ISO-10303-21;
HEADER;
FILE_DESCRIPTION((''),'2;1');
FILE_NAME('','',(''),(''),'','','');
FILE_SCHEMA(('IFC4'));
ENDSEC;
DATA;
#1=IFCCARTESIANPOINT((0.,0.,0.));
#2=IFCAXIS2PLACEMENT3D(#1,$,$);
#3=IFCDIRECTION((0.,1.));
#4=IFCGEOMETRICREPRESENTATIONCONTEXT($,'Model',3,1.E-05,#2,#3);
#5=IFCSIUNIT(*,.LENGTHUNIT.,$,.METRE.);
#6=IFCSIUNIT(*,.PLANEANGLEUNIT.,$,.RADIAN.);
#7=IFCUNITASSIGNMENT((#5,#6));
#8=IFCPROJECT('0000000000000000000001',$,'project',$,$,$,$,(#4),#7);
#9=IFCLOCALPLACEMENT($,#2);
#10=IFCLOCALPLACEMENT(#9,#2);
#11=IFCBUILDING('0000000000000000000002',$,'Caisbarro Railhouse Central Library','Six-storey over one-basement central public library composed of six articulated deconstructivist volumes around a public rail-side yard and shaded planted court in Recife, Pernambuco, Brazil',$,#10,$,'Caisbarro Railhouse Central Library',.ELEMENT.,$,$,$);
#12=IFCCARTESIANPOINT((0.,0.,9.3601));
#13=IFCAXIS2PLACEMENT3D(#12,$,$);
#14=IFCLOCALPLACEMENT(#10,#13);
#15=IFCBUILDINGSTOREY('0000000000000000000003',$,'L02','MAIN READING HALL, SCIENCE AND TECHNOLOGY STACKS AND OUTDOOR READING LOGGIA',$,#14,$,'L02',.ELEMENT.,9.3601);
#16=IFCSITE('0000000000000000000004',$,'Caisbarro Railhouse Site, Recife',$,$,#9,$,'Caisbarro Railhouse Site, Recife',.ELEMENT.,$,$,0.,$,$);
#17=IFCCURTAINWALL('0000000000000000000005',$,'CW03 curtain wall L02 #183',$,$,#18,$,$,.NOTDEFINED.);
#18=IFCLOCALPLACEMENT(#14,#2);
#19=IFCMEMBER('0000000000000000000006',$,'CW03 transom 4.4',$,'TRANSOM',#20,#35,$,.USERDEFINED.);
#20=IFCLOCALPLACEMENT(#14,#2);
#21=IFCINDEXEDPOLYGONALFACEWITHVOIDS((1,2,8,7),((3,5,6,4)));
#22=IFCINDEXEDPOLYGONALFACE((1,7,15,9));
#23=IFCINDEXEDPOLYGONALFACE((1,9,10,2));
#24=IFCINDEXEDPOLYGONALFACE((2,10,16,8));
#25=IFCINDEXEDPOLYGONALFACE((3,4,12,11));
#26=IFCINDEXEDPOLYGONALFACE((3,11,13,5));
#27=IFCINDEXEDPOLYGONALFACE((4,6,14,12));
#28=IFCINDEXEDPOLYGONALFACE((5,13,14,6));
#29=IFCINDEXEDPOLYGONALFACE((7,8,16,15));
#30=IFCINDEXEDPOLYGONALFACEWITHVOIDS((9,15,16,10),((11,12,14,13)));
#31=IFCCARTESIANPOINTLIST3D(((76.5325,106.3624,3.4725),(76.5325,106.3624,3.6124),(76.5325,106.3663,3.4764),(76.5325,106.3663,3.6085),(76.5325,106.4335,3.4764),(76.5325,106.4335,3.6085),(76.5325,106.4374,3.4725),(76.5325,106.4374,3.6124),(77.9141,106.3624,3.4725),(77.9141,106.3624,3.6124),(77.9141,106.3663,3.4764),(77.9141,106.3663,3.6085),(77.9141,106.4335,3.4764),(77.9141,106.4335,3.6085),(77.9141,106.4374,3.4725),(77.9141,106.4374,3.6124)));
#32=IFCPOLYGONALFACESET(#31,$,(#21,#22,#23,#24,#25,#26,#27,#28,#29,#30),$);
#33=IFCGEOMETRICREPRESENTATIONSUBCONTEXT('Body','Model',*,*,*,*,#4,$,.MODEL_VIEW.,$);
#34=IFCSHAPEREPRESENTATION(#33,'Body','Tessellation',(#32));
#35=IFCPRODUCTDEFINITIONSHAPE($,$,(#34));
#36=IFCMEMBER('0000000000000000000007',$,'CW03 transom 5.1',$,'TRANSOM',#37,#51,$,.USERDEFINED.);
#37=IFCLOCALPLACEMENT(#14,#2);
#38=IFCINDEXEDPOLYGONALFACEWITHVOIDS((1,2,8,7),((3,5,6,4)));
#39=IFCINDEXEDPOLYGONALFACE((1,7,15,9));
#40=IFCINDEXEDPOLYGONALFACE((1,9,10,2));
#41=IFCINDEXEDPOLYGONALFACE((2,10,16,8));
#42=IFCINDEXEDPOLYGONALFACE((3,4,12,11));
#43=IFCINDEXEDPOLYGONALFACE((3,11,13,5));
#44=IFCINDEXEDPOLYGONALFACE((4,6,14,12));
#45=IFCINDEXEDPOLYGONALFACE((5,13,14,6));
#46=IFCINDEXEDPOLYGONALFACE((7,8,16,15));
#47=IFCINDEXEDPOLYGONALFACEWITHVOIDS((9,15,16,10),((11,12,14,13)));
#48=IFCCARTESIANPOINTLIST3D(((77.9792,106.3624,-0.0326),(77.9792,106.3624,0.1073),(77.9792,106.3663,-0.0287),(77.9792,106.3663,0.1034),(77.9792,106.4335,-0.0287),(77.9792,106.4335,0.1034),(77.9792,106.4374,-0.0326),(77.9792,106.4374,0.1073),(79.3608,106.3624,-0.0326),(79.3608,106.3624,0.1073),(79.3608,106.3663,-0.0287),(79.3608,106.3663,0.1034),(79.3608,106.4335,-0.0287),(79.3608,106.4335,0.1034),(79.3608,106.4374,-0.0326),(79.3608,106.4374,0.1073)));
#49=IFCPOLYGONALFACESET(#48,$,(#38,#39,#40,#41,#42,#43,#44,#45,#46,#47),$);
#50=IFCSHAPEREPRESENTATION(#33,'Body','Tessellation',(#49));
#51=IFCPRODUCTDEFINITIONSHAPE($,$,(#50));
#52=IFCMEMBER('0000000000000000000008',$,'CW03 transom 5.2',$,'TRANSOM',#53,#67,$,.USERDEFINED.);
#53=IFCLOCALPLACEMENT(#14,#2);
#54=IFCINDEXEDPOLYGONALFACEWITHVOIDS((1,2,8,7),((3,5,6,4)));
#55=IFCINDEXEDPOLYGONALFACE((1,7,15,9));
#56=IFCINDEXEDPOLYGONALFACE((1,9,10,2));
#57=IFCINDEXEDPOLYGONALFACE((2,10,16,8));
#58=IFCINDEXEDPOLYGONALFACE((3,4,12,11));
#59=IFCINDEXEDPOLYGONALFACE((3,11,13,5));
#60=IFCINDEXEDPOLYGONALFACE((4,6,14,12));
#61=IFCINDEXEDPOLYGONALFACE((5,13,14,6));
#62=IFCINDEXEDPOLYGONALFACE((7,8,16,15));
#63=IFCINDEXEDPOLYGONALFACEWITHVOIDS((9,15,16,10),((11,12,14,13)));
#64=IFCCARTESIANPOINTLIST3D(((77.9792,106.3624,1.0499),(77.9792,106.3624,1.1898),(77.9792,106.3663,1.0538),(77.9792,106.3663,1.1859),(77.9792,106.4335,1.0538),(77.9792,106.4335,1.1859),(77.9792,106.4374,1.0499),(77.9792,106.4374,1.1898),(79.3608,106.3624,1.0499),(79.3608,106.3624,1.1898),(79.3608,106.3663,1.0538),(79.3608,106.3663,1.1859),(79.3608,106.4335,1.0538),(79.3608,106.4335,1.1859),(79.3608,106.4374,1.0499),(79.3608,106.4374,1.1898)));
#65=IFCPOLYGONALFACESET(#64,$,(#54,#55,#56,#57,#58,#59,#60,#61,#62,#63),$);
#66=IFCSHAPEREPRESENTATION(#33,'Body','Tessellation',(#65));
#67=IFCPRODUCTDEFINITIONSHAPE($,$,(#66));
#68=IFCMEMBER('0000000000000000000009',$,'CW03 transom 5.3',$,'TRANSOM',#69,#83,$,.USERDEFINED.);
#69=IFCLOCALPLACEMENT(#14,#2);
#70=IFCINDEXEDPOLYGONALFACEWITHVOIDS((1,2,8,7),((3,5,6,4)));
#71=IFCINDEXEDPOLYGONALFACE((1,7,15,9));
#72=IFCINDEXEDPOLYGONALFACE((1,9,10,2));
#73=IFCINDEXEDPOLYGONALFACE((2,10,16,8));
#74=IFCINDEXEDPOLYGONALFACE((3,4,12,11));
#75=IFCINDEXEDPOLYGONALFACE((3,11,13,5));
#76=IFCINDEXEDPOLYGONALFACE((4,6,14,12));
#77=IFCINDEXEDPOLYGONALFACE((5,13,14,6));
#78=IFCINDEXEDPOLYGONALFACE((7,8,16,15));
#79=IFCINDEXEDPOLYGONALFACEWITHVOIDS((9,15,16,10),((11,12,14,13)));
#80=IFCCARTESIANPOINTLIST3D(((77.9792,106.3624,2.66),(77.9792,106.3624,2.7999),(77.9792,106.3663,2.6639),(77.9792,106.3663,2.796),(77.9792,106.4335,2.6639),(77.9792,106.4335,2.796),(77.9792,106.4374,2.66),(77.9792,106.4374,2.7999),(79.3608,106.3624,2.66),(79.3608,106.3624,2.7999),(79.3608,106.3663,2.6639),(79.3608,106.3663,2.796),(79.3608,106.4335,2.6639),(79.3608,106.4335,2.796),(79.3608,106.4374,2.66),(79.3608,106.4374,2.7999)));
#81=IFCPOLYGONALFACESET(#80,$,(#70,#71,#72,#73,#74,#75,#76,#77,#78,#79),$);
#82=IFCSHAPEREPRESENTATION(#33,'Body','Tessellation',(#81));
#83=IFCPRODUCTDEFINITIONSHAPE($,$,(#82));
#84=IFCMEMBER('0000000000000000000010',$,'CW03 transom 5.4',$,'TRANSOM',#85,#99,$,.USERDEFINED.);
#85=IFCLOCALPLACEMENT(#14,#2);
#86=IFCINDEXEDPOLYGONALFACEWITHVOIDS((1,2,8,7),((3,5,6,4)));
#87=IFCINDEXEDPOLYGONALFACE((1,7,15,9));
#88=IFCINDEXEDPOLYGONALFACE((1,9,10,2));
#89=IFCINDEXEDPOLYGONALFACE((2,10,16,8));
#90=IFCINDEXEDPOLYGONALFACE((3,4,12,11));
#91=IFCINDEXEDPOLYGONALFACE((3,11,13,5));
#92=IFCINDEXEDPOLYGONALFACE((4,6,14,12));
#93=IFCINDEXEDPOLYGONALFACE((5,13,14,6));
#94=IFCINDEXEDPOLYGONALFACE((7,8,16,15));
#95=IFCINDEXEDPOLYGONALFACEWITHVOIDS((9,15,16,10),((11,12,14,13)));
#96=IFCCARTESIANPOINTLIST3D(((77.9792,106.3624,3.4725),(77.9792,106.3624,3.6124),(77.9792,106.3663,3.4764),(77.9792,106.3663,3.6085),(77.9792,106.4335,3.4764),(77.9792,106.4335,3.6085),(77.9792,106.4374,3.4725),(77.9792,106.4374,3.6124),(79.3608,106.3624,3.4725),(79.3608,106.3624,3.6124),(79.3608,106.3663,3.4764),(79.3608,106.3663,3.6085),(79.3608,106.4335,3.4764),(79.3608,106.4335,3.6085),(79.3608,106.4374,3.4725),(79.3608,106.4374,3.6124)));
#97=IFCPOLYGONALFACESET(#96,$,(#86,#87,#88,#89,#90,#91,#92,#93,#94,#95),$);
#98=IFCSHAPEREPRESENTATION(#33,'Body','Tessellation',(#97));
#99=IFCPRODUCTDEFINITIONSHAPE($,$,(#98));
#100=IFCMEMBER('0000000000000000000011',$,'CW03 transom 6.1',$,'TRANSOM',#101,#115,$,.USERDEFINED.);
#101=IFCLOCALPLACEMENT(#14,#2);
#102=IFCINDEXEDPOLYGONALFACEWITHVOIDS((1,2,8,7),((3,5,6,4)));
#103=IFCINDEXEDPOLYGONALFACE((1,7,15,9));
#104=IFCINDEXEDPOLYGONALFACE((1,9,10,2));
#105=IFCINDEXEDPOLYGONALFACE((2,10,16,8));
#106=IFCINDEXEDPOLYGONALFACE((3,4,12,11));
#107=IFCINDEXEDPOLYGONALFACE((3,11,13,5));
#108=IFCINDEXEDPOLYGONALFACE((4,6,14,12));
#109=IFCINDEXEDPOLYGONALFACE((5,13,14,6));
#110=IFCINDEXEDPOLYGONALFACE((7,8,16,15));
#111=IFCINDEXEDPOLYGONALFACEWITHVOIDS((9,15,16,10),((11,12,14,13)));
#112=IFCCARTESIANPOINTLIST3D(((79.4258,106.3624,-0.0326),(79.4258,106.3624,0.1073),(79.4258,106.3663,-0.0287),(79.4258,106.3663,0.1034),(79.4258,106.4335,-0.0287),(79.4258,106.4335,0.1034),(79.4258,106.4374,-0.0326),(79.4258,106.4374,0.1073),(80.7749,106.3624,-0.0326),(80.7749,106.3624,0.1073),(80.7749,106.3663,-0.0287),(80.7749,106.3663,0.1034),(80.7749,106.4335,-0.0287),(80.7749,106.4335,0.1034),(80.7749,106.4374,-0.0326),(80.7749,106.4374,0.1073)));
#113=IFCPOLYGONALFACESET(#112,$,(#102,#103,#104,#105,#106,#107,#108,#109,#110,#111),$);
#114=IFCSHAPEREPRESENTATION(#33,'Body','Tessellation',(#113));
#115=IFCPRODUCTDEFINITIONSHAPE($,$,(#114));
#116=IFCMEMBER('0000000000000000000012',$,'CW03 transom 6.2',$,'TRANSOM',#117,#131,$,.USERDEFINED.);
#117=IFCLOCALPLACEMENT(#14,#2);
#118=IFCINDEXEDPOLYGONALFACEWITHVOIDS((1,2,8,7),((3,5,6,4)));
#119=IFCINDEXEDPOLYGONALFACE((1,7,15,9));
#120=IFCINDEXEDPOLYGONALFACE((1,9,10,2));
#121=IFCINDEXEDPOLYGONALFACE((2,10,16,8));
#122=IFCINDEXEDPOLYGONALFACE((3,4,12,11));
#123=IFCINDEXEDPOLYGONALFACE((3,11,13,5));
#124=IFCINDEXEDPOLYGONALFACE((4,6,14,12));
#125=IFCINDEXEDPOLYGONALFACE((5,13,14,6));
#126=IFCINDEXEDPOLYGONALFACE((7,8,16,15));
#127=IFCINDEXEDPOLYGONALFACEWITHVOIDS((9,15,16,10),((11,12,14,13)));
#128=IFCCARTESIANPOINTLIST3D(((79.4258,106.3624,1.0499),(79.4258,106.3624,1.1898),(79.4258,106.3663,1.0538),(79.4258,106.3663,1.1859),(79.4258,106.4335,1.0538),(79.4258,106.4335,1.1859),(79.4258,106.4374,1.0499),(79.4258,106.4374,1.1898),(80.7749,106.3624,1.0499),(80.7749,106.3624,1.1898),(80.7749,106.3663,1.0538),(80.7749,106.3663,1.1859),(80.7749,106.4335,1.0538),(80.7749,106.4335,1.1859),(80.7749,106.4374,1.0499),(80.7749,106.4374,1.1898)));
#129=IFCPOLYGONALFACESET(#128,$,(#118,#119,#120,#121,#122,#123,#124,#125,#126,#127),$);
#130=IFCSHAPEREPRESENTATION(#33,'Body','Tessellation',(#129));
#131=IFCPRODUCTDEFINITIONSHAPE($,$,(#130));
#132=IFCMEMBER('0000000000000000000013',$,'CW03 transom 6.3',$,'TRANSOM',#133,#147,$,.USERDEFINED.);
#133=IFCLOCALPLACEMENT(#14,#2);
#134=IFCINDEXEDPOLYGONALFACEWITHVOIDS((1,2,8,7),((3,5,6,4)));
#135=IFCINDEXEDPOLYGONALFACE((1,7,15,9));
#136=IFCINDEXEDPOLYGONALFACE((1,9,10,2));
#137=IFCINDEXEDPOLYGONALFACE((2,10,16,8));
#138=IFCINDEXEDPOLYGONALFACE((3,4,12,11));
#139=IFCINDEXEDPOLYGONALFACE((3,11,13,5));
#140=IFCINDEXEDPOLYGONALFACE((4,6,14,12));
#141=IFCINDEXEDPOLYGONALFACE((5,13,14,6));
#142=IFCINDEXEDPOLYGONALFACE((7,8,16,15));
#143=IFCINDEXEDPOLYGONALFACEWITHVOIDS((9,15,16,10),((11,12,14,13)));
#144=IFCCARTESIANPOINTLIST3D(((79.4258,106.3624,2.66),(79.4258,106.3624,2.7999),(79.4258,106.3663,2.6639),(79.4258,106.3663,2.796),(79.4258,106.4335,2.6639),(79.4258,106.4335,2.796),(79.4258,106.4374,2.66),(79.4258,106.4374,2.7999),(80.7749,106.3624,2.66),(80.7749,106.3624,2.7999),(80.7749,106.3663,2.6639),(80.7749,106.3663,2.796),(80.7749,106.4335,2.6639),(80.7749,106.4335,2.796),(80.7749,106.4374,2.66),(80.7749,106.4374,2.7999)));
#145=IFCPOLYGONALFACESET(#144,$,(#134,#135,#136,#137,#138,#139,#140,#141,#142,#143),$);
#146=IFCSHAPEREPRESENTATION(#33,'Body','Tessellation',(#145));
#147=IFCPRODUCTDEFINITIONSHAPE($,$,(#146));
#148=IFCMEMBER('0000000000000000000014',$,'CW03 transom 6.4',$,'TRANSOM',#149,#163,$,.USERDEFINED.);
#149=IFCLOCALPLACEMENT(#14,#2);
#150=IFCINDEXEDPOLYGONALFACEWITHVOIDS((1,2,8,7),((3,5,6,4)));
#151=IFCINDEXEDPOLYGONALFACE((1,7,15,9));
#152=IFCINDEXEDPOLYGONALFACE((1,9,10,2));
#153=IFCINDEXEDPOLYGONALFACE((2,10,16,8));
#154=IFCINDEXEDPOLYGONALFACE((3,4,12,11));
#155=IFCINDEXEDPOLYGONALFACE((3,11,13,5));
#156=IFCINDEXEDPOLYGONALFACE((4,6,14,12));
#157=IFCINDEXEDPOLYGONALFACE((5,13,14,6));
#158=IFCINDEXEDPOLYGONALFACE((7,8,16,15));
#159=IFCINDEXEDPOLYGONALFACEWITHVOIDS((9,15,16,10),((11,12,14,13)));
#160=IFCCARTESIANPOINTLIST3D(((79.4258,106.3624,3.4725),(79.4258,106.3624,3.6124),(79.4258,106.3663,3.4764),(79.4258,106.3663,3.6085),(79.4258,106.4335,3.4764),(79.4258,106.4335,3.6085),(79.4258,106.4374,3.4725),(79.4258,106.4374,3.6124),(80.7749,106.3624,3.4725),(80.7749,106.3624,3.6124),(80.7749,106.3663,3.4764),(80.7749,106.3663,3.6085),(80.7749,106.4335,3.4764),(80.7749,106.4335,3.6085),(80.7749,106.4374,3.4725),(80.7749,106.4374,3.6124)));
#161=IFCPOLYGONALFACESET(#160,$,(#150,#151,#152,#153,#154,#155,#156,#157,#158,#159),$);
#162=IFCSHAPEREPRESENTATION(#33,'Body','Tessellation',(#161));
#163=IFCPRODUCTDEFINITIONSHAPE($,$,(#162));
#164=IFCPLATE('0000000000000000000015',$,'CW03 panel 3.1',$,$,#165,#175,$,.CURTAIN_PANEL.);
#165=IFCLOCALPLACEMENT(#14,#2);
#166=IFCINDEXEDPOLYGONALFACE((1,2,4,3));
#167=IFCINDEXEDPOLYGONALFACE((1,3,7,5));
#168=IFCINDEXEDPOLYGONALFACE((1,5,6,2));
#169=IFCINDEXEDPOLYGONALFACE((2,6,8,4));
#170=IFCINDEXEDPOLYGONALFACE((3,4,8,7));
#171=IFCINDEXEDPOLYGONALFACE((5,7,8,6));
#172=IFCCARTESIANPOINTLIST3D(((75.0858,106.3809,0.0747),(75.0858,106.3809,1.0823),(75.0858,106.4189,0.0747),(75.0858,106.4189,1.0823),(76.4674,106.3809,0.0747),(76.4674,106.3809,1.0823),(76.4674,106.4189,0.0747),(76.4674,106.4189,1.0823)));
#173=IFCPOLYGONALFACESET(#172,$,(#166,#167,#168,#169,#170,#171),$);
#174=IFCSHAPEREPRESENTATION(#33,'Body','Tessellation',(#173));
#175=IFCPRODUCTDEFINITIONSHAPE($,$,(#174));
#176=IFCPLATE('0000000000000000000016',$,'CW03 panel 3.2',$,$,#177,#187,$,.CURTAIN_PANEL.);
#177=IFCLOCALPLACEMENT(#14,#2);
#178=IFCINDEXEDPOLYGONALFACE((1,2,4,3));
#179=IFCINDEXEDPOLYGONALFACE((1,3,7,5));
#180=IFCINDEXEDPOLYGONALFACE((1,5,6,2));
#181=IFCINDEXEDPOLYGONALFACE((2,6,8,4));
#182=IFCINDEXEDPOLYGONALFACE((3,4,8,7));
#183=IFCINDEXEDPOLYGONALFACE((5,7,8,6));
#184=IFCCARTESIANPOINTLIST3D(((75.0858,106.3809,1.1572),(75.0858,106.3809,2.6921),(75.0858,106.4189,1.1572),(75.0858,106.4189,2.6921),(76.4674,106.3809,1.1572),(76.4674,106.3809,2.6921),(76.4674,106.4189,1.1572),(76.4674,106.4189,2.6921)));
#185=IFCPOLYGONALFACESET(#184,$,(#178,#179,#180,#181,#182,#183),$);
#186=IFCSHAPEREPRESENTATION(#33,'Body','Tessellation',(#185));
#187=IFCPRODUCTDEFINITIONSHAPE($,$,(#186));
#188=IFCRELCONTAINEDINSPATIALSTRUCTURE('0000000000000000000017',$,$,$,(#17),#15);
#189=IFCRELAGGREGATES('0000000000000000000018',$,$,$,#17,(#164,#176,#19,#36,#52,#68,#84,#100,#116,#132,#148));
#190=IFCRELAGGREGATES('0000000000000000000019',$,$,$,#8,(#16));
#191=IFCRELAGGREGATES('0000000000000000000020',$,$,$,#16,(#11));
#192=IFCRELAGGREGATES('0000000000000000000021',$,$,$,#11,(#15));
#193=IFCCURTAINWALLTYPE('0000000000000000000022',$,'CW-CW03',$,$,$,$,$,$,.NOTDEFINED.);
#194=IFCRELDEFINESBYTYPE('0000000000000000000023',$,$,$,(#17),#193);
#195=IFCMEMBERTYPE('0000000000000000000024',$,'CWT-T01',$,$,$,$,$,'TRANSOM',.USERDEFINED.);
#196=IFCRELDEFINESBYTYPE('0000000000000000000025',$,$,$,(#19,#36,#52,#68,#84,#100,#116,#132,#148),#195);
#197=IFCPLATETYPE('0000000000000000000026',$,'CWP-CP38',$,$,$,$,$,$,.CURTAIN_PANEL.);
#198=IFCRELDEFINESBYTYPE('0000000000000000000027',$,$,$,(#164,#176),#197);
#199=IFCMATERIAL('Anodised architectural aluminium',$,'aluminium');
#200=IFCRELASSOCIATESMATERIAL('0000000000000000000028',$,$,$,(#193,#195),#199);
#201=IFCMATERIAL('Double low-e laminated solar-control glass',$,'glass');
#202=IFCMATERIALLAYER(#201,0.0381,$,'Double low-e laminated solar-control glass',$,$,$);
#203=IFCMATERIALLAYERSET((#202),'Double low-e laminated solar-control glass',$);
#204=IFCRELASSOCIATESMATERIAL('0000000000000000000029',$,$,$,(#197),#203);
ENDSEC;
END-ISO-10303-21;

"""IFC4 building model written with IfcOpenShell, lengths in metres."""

from ifc_helpers import new_model, si_unit, direction, frame, origin, origin_2d, place, context, subcontext, project, spatial, rectangle, hollow_rectangle, extrude, material, layer, layer_set, material_profile, profile_set, type_object, element, aggregate, save


model = new_model("IFC4")

# Units and contexts
model_context = context("Model", 3, precision=1e-05, world=origin(), true_north=direction((0.0, 1.0)))
body_context = subcontext(model_context, "Body", "Model", "MODEL_VIEW")
ifc_project = project(units=[si_unit("LENGTHUNIT", "METRE"), si_unit("PLANEANGLEUNIT", "RADIAN")], contexts=[model_context])

# Site, building, storey
site_placement = place(None, origin())
site = spatial("IfcSite", under=ifc_project, at=site_placement, Name="Caisbarro Railhouse Site, Recife", LongName="Caisbarro Railhouse Site, Recife", CompositionType="ELEMENT", RefElevation=0.0)
building_placement = place(site_placement, origin())
building = spatial("IfcBuilding", under=site, at=building_placement, Name="Caisbarro Railhouse Central Library", Description="Six-storey over one-basement central public library composed of six articulated deconstructivist volumes around a public rail-side yard and shaded planted court in Recife, Pernambuco, Brazil", LongName="Caisbarro Railhouse Central Library", CompositionType="ELEMENT")
storey_placement = place(building_placement, frame((0.0, 0.0, 9.3601)))
storey = spatial("IfcBuildingStorey", under=building, at=storey_placement, Name="L02", Description="MAIN READING HALL, SCIENCE AND TECHNOLOGY STACKS AND OUTDOOR READING LOGGIA", LongName="L02", CompositionType="ELEMENT", Elevation=9.3601)

# Curtain wall, members, plates
ifc_material_1 = material(Name="Anodised architectural aluminium", Category="aluminium")
curtain_wall_type = type_object("IfcCurtainWallType", Name="CW-CW03", PredefinedType="NOTDEFINED", material=ifc_material_1)
curtain_wall_placement = place(storey_placement, origin())
curtain_wall = element("IfcCurtainWall", 1, at=curtain_wall_placement, inside=storey, type_object=curtain_wall_type, Name="CW03 curtain wall L02 #183", PredefinedType="NOTDEFINED")
ifc_material_profile_1 = material_profile(ifc_material_1, hollow_rectangle(XDim=0.075, YDim=0.1399, WallThickness=0.0039, at=origin_2d()), Name="ALU-TRN-75X140")
ifc_profile_set_1 = profile_set([ifc_material_profile_1], Name="Anodised architectural aluminium")
member_type_1 = type_object("IfcMemberType", Name="CWT-T01", ElementType="TRANSOM", PredefinedType="USERDEFINED", material=ifc_profile_set_1)
member_1_placement = place(storey_placement, frame((76.5325, 106.3999, 3.5425), z_axis=(1.0, 0.0, 0.0), x_axis=(0.0, 1.0, 0.0)))
member_1 = element("IfcMember", 2, at=member_1_placement, type_object=member_type_1, Name="CW03 transom 4.4", ObjectType="TRANSOM", PredefinedType="USERDEFINED", context=body_context, shape_type="SweptSolid", body=[
    extrude(hollow_rectangle(XDim=0.075, YDim=0.1399, WallThickness=0.0039, at=origin_2d()), origin(), (0.0, 0.0, 1.0), 1.3816),
])
member_2_placement = place(storey_placement, frame((77.9792, 106.3999, 0.0374), z_axis=(1.0, 0.0, 0.0), x_axis=(0.0, 1.0, 0.0)))
member_2 = element("IfcMember", 3, at=member_2_placement, type_object=member_type_1, Name="CW03 transom 5.1", ObjectType="TRANSOM", PredefinedType="USERDEFINED", context=body_context, shape_type="SweptSolid", body=[
    extrude(hollow_rectangle(XDim=0.075, YDim=0.1399, WallThickness=0.0039, at=origin_2d()), origin(), (0.0, 0.0, 1.0), 1.3816),
])
member_3_placement = place(storey_placement, frame((77.9792, 106.3999, 1.1199), z_axis=(1.0, 0.0, 0.0), x_axis=(0.0, 1.0, 0.0)))
member_3 = element("IfcMember", 4, at=member_3_placement, type_object=member_type_1, Name="CW03 transom 5.2", ObjectType="TRANSOM", PredefinedType="USERDEFINED", context=body_context, shape_type="SweptSolid", body=[
    extrude(hollow_rectangle(XDim=0.075, YDim=0.1399, WallThickness=0.0039, at=origin_2d()), origin(), (0.0, 0.0, 1.0), 1.3816),
])
member_4_placement = place(storey_placement, frame((77.9792, 106.3999, 2.73), z_axis=(1.0, 0.0, 0.0), x_axis=(0.0, 1.0, 0.0)))
member_4 = element("IfcMember", 5, at=member_4_placement, type_object=member_type_1, Name="CW03 transom 5.3", ObjectType="TRANSOM", PredefinedType="USERDEFINED", context=body_context, shape_type="SweptSolid", body=[
    extrude(hollow_rectangle(XDim=0.075, YDim=0.1399, WallThickness=0.0039, at=origin_2d()), origin(), (0.0, 0.0, 1.0), 1.3816),
])
member_5_placement = place(storey_placement, frame((77.9792, 106.3999, 3.5425), z_axis=(1.0, 0.0, 0.0), x_axis=(0.0, 1.0, 0.0)))
member_5 = element("IfcMember", 6, at=member_5_placement, type_object=member_type_1, Name="CW03 transom 5.4", ObjectType="TRANSOM", PredefinedType="USERDEFINED", context=body_context, shape_type="SweptSolid", body=[
    extrude(hollow_rectangle(XDim=0.075, YDim=0.1399, WallThickness=0.0039, at=origin_2d()), origin(), (0.0, 0.0, 1.0), 1.3816),
])
member_6_placement = place(storey_placement, frame((79.4258, 106.3999, 0.0374), z_axis=(1.0, 0.0, 0.0), x_axis=(0.0, 1.0, 0.0)))
member_6 = element("IfcMember", 7, at=member_6_placement, type_object=member_type_1, Name="CW03 transom 6.1", ObjectType="TRANSOM", PredefinedType="USERDEFINED", context=body_context, shape_type="SweptSolid", body=[
    extrude(hollow_rectangle(XDim=0.075, YDim=0.1399, WallThickness=0.0039, at=origin_2d()), origin(), (0.0, 0.0, 1.0), 1.3491),
])
member_7_placement = place(storey_placement, frame((79.4258, 106.3999, 1.1199), z_axis=(1.0, 0.0, 0.0), x_axis=(0.0, 1.0, 0.0)))
member_7 = element("IfcMember", 8, at=member_7_placement, type_object=member_type_1, Name="CW03 transom 6.2", ObjectType="TRANSOM", PredefinedType="USERDEFINED", context=body_context, shape_type="SweptSolid", body=[
    extrude(hollow_rectangle(XDim=0.075, YDim=0.1399, WallThickness=0.0039, at=origin_2d()), origin(), (0.0, 0.0, 1.0), 1.3491),
])
member_8_placement = place(storey_placement, frame((79.4258, 106.3999, 2.73), z_axis=(1.0, 0.0, 0.0), x_axis=(0.0, 1.0, 0.0)))
member_8 = element("IfcMember", 9, at=member_8_placement, type_object=member_type_1, Name="CW03 transom 6.3", ObjectType="TRANSOM", PredefinedType="USERDEFINED", context=body_context, shape_type="SweptSolid", body=[
    extrude(hollow_rectangle(XDim=0.075, YDim=0.1399, WallThickness=0.0039, at=origin_2d()), origin(), (0.0, 0.0, 1.0), 1.3491),
])
member_9_placement = place(storey_placement, frame((79.4258, 106.3999, 3.5425), z_axis=(1.0, 0.0, 0.0), x_axis=(0.0, 1.0, 0.0)))
member_9 = element("IfcMember", 10, at=member_9_placement, type_object=member_type_1, Name="CW03 transom 6.4", ObjectType="TRANSOM", PredefinedType="USERDEFINED", context=body_context, shape_type="SweptSolid", body=[
    extrude(hollow_rectangle(XDim=0.075, YDim=0.1399, WallThickness=0.0039, at=origin_2d()), origin(), (0.0, 0.0, 1.0), 1.3491),
])
ifc_material_2 = material(Name="Double low-e laminated solar-control glass", Category="glass")
ifc_layer = layer(ifc_material_2, 0.0381, Name="Double low-e laminated solar-control glass")
ifc_layer_set = layer_set([ifc_layer], Name="Double low-e laminated solar-control glass")
plate_type = type_object("IfcPlateType", Name="CWP-CP38", PredefinedType="CURTAIN_PANEL", material=ifc_layer_set)
plate_1_placement = place(storey_placement, frame((75.7766, 106.3999, 0.0747), z_axis=(0.0, 0.0, 1.0), x_axis=(1.0, 0.0, 0.0)))
plate_1 = element("IfcPlate", 11, at=plate_1_placement, type_object=plate_type, Name="CW03 panel 3.1", PredefinedType="CURTAIN_PANEL", context=body_context, shape_type="SweptSolid", body=[
    extrude(rectangle(XDim=1.3816, YDim=0.0381, at=origin_2d()), origin(), (0.0, 0.0, 1.0), 1.0076),
])
plate_2_placement = place(storey_placement, frame((75.7766, 106.3999, 1.1572), z_axis=(0.0, 0.0, 1.0), x_axis=(1.0, 0.0, 0.0)))
plate_2 = element("IfcPlate", 12, at=plate_2_placement, type_object=plate_type, Name="CW03 panel 3.2", PredefinedType="CURTAIN_PANEL", context=body_context, shape_type="SweptSolid", body=[
    extrude(rectangle(XDim=1.3816, YDim=0.0381, at=origin_2d()), origin(), (0.0, 0.0, 1.0), 1.5349),
])
aggregate(curtain_wall, [plate_1, plate_2, member_1, member_2, member_3, member_4, member_5, member_6, member_7, member_8, member_9])

save(model, "model.ifc")
